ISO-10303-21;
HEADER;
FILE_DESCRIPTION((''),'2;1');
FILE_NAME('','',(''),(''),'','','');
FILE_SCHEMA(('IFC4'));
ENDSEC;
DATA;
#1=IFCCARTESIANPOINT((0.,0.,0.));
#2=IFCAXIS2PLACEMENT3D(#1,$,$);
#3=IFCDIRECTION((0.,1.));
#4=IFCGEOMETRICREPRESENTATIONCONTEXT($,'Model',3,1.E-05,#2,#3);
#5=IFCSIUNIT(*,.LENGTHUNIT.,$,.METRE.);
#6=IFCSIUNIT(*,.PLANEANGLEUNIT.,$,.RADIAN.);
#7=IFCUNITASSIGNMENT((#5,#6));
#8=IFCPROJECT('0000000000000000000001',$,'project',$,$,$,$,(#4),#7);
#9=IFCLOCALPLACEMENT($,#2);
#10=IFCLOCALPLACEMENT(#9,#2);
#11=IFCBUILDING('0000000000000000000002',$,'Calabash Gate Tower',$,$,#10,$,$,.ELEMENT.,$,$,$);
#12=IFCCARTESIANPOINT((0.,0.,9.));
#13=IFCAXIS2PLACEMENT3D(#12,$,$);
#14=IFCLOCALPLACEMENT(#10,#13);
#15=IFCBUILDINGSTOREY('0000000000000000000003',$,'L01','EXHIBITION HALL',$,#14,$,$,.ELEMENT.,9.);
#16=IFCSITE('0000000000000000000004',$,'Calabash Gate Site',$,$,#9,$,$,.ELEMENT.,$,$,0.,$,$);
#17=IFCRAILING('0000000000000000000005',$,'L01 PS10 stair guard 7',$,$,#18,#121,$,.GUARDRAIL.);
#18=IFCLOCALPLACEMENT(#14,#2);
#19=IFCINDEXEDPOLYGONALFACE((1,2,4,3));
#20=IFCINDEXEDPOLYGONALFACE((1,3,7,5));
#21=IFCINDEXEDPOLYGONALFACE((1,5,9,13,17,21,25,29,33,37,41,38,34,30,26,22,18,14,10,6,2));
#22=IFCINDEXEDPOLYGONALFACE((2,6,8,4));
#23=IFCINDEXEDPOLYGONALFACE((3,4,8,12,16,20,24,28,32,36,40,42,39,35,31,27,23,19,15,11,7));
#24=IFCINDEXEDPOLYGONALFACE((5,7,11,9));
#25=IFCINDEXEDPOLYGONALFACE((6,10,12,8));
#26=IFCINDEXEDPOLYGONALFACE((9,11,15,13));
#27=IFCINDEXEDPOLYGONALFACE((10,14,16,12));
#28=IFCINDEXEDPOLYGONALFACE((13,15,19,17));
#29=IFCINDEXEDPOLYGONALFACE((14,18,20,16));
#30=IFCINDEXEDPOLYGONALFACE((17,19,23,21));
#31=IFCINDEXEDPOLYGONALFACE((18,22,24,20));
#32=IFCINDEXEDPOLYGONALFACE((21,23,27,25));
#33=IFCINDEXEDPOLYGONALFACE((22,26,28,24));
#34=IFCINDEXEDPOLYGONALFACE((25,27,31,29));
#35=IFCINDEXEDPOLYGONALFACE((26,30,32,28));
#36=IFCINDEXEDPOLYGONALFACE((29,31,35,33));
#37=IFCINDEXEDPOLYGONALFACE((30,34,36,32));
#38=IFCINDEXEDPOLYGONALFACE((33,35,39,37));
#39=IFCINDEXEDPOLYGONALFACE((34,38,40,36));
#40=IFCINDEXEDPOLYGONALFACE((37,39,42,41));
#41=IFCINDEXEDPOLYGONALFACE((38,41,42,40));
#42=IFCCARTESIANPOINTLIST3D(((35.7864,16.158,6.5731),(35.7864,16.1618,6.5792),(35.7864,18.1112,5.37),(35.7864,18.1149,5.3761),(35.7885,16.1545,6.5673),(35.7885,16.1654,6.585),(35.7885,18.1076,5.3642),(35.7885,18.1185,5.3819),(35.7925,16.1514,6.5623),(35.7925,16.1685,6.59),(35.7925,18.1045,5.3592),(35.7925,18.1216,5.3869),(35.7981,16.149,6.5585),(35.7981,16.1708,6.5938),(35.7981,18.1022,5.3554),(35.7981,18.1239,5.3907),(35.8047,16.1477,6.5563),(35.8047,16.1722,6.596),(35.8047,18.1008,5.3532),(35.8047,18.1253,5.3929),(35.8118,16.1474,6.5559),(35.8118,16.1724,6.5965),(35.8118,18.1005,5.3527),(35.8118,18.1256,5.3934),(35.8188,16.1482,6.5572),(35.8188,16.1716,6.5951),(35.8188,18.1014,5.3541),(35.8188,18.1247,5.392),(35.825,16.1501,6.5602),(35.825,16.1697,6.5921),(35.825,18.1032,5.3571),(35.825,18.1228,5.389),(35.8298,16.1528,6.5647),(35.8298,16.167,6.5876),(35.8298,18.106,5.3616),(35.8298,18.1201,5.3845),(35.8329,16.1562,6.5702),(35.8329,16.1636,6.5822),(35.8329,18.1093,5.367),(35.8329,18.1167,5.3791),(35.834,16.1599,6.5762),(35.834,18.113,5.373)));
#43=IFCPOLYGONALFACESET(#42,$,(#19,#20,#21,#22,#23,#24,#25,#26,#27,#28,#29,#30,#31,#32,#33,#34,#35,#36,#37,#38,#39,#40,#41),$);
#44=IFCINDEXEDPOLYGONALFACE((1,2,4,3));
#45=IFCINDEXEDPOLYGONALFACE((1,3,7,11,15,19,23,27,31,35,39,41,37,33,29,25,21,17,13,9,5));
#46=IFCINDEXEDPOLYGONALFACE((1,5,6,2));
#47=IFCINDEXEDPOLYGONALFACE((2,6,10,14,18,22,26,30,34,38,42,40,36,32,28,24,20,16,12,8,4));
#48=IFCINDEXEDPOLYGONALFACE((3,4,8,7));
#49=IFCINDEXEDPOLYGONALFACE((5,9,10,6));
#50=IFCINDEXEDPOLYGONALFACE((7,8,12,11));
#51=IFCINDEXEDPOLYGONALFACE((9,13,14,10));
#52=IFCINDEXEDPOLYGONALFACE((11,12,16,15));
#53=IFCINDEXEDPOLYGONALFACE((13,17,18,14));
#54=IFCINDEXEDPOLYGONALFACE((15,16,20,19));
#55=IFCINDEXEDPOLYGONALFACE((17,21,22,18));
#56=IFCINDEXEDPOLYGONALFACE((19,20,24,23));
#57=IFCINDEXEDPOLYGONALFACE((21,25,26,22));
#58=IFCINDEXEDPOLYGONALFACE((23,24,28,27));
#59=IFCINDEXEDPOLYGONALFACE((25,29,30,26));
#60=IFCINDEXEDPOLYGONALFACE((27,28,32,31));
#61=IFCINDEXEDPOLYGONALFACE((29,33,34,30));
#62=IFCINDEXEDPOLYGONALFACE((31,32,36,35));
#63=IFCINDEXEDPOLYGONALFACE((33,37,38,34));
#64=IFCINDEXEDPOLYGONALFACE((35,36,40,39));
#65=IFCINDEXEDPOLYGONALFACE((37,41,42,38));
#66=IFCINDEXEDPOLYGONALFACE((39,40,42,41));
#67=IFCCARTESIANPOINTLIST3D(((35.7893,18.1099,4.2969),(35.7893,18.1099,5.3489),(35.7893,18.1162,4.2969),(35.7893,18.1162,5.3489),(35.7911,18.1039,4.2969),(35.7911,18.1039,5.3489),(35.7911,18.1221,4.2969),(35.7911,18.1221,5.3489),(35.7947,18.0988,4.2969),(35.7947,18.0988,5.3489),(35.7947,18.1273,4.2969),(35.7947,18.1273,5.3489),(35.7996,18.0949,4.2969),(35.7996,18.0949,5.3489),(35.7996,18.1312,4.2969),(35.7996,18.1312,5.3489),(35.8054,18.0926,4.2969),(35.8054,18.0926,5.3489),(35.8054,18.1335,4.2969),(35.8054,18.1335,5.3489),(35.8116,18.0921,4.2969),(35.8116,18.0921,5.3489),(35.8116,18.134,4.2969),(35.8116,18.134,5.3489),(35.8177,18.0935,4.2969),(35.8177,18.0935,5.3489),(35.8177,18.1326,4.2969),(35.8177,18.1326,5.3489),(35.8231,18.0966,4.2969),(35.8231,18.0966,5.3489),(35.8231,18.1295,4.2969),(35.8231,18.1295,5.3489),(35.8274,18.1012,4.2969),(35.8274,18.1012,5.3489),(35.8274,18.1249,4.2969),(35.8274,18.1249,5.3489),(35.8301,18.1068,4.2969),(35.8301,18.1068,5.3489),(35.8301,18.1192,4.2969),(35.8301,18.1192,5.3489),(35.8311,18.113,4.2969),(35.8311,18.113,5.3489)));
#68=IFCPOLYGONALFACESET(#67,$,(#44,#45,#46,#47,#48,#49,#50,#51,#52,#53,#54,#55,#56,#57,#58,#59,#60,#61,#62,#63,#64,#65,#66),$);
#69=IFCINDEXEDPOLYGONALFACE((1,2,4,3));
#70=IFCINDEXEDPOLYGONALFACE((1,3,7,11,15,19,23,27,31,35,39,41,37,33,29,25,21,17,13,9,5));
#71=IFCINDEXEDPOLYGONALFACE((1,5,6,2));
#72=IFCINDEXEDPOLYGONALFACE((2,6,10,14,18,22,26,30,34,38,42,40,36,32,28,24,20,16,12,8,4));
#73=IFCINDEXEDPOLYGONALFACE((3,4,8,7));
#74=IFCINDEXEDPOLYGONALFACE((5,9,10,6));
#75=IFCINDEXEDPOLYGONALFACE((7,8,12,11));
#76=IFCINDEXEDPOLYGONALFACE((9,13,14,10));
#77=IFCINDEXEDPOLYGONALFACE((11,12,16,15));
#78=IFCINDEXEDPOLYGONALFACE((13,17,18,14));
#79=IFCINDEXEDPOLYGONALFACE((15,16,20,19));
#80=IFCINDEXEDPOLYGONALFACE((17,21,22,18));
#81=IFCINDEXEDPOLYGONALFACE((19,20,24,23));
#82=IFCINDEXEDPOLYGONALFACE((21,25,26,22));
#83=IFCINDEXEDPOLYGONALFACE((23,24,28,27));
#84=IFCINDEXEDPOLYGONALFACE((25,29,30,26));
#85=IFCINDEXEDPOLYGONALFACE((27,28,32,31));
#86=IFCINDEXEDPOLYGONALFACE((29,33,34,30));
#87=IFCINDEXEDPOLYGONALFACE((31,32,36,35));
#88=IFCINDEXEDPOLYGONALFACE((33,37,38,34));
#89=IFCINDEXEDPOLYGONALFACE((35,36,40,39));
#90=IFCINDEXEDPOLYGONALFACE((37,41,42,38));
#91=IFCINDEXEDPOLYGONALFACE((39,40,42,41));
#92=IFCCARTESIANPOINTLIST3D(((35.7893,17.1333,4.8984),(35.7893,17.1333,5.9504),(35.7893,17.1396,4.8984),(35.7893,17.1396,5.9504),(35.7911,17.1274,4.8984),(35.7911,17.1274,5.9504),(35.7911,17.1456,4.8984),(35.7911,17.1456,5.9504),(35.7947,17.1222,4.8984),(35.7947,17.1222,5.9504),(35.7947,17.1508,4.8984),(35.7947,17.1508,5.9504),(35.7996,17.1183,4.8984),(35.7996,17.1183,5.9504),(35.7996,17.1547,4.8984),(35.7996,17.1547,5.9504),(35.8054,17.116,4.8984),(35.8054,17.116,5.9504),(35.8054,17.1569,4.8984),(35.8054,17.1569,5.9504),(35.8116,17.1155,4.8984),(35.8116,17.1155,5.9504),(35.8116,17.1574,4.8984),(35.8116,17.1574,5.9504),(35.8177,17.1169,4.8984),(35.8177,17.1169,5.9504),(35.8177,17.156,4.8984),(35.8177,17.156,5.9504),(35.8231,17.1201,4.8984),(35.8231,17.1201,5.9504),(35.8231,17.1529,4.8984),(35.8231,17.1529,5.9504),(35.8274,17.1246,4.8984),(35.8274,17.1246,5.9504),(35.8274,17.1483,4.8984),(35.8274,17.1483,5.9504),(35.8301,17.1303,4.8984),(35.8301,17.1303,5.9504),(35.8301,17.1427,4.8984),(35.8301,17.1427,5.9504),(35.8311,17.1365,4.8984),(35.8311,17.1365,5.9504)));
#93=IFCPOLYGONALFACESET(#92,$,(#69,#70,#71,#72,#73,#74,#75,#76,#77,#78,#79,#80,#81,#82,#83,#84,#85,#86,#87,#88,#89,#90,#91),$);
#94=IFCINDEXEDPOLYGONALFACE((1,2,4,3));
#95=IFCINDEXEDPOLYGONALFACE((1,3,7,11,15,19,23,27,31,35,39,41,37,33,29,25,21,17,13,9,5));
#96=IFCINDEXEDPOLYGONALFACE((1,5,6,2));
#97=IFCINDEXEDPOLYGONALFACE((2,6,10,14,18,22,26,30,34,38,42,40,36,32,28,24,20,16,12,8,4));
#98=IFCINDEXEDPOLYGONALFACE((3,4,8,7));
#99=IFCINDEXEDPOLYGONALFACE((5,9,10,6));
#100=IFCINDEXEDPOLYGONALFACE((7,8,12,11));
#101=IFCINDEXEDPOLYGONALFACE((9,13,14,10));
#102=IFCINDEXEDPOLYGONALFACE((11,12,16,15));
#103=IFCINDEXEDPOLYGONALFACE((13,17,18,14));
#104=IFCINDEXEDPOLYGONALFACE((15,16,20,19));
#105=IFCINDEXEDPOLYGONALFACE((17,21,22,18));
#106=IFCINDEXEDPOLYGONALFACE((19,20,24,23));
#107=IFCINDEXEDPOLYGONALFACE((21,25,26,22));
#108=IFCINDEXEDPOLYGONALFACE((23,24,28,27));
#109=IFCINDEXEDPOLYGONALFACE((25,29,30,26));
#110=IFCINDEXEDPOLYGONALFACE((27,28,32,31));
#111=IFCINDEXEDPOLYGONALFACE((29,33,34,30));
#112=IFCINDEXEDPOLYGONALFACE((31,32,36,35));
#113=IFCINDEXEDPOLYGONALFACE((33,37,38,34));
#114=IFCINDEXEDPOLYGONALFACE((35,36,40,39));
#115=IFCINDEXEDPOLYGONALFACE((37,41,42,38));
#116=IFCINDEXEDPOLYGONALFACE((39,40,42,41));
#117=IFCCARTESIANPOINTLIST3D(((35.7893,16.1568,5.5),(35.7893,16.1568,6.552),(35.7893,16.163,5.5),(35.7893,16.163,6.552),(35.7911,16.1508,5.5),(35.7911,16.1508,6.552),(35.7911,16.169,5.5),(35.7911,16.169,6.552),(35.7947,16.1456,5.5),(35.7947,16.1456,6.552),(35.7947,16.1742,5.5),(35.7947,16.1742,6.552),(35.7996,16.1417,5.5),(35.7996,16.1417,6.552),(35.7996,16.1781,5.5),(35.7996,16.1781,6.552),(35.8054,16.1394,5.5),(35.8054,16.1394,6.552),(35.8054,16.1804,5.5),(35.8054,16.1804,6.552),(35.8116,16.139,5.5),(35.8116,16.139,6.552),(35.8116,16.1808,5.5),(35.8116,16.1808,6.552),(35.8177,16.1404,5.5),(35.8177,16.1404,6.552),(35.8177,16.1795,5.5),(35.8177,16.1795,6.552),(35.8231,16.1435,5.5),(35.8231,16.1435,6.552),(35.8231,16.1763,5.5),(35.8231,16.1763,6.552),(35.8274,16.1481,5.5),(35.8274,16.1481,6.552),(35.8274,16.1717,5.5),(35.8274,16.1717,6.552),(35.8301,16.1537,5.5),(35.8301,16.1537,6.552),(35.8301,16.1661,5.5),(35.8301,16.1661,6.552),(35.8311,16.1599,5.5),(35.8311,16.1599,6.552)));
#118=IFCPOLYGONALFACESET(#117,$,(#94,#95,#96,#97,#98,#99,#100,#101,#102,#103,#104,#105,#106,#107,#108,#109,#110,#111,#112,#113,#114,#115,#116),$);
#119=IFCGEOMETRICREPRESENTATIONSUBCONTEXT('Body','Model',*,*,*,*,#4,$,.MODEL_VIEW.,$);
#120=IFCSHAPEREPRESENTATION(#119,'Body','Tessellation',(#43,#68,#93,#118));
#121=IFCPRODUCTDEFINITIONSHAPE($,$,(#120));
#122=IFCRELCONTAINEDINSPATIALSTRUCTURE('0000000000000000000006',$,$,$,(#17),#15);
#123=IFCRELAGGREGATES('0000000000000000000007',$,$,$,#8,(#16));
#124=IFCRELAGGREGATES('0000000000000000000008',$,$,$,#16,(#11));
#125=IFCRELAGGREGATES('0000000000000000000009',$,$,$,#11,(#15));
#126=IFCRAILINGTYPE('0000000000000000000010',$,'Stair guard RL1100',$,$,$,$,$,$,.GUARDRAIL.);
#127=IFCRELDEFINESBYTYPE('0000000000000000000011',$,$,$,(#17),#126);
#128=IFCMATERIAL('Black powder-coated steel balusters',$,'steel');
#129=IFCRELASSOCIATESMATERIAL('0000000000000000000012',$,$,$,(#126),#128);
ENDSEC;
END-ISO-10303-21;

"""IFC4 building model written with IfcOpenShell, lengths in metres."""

from ifc_helpers import new_model, si_unit, direction, frame, origin, origin_2d, place, context, subcontext, project, spatial, circle, extrude, material, type_object, element, save


model = new_model("IFC4")

# Units and contexts
model_context = context("Model", 3, precision=1e-05, world=origin(), true_north=direction((0.0, 1.0)))
body_context = subcontext(model_context, "Body", "Model", "MODEL_VIEW")
ifc_project = project(units=[si_unit("LENGTHUNIT", "METRE"), si_unit("PLANEANGLEUNIT", "RADIAN")], contexts=[model_context])

# Site, building, storey
site_placement = place(None, origin())
site = spatial("IfcSite", under=ifc_project, at=site_placement, Name="Calabash Gate Site", CompositionType="ELEMENT", RefElevation=0.0)
building_placement = place(site_placement, origin())
building = spatial("IfcBuilding", under=site, at=building_placement, Name="Calabash Gate Tower", CompositionType="ELEMENT")
storey_placement = place(building_placement, frame((0.0, 0.0, 9.0)))
storey = spatial("IfcBuildingStorey", under=building, at=storey_placement, Name="L01", Description="EXHIBITION HALL", CompositionType="ELEMENT", Elevation=9.0)

# Railing
ifc_material_1 = material(Name="Black powder-coated steel balusters", Category="steel")
railing_type_1 = type_object("IfcRailingType", Name="Stair guard RL1100", PredefinedType="GUARDRAIL", material=ifc_material_1)
for number, where, name in (
    (1, (35.8101, 18.113, 4.2969), "L01 PS10 stair guard 7"),
):
    element("IfcRailing", number, at=place(storey_placement, frame(where)), inside=storey, type_object=railing_type_1, Name=name, PredefinedType="GUARDRAIL", context=body_context, shape_type="SweptSolid", body=[
        extrude(circle(Radius=0.0239, at=origin_2d()), frame((0.0, 0.0, 1.0762), z_axis=(0.0, -0.851424, 0.524477), x_axis=(1.0, 0.0, 0.0)), (0.0, 0.0, 1.0), 2.2939),
        extrude(circle(Radius=0.021, at=origin_2d()), origin(), (0.0, 0.0, 1.0), 1.052),
        extrude(circle(Radius=0.021, at=origin_2d()), frame((0.0, -0.9766, 0.6016)), (0.0, 0.0, 1.0), 1.052),
        extrude(circle(Radius=0.021, at=origin_2d()), frame((0.0, -1.9531, 1.2031)), (0.0, 0.0, 1.0), 1.052),
    ])

save(model, "model.ifc")
